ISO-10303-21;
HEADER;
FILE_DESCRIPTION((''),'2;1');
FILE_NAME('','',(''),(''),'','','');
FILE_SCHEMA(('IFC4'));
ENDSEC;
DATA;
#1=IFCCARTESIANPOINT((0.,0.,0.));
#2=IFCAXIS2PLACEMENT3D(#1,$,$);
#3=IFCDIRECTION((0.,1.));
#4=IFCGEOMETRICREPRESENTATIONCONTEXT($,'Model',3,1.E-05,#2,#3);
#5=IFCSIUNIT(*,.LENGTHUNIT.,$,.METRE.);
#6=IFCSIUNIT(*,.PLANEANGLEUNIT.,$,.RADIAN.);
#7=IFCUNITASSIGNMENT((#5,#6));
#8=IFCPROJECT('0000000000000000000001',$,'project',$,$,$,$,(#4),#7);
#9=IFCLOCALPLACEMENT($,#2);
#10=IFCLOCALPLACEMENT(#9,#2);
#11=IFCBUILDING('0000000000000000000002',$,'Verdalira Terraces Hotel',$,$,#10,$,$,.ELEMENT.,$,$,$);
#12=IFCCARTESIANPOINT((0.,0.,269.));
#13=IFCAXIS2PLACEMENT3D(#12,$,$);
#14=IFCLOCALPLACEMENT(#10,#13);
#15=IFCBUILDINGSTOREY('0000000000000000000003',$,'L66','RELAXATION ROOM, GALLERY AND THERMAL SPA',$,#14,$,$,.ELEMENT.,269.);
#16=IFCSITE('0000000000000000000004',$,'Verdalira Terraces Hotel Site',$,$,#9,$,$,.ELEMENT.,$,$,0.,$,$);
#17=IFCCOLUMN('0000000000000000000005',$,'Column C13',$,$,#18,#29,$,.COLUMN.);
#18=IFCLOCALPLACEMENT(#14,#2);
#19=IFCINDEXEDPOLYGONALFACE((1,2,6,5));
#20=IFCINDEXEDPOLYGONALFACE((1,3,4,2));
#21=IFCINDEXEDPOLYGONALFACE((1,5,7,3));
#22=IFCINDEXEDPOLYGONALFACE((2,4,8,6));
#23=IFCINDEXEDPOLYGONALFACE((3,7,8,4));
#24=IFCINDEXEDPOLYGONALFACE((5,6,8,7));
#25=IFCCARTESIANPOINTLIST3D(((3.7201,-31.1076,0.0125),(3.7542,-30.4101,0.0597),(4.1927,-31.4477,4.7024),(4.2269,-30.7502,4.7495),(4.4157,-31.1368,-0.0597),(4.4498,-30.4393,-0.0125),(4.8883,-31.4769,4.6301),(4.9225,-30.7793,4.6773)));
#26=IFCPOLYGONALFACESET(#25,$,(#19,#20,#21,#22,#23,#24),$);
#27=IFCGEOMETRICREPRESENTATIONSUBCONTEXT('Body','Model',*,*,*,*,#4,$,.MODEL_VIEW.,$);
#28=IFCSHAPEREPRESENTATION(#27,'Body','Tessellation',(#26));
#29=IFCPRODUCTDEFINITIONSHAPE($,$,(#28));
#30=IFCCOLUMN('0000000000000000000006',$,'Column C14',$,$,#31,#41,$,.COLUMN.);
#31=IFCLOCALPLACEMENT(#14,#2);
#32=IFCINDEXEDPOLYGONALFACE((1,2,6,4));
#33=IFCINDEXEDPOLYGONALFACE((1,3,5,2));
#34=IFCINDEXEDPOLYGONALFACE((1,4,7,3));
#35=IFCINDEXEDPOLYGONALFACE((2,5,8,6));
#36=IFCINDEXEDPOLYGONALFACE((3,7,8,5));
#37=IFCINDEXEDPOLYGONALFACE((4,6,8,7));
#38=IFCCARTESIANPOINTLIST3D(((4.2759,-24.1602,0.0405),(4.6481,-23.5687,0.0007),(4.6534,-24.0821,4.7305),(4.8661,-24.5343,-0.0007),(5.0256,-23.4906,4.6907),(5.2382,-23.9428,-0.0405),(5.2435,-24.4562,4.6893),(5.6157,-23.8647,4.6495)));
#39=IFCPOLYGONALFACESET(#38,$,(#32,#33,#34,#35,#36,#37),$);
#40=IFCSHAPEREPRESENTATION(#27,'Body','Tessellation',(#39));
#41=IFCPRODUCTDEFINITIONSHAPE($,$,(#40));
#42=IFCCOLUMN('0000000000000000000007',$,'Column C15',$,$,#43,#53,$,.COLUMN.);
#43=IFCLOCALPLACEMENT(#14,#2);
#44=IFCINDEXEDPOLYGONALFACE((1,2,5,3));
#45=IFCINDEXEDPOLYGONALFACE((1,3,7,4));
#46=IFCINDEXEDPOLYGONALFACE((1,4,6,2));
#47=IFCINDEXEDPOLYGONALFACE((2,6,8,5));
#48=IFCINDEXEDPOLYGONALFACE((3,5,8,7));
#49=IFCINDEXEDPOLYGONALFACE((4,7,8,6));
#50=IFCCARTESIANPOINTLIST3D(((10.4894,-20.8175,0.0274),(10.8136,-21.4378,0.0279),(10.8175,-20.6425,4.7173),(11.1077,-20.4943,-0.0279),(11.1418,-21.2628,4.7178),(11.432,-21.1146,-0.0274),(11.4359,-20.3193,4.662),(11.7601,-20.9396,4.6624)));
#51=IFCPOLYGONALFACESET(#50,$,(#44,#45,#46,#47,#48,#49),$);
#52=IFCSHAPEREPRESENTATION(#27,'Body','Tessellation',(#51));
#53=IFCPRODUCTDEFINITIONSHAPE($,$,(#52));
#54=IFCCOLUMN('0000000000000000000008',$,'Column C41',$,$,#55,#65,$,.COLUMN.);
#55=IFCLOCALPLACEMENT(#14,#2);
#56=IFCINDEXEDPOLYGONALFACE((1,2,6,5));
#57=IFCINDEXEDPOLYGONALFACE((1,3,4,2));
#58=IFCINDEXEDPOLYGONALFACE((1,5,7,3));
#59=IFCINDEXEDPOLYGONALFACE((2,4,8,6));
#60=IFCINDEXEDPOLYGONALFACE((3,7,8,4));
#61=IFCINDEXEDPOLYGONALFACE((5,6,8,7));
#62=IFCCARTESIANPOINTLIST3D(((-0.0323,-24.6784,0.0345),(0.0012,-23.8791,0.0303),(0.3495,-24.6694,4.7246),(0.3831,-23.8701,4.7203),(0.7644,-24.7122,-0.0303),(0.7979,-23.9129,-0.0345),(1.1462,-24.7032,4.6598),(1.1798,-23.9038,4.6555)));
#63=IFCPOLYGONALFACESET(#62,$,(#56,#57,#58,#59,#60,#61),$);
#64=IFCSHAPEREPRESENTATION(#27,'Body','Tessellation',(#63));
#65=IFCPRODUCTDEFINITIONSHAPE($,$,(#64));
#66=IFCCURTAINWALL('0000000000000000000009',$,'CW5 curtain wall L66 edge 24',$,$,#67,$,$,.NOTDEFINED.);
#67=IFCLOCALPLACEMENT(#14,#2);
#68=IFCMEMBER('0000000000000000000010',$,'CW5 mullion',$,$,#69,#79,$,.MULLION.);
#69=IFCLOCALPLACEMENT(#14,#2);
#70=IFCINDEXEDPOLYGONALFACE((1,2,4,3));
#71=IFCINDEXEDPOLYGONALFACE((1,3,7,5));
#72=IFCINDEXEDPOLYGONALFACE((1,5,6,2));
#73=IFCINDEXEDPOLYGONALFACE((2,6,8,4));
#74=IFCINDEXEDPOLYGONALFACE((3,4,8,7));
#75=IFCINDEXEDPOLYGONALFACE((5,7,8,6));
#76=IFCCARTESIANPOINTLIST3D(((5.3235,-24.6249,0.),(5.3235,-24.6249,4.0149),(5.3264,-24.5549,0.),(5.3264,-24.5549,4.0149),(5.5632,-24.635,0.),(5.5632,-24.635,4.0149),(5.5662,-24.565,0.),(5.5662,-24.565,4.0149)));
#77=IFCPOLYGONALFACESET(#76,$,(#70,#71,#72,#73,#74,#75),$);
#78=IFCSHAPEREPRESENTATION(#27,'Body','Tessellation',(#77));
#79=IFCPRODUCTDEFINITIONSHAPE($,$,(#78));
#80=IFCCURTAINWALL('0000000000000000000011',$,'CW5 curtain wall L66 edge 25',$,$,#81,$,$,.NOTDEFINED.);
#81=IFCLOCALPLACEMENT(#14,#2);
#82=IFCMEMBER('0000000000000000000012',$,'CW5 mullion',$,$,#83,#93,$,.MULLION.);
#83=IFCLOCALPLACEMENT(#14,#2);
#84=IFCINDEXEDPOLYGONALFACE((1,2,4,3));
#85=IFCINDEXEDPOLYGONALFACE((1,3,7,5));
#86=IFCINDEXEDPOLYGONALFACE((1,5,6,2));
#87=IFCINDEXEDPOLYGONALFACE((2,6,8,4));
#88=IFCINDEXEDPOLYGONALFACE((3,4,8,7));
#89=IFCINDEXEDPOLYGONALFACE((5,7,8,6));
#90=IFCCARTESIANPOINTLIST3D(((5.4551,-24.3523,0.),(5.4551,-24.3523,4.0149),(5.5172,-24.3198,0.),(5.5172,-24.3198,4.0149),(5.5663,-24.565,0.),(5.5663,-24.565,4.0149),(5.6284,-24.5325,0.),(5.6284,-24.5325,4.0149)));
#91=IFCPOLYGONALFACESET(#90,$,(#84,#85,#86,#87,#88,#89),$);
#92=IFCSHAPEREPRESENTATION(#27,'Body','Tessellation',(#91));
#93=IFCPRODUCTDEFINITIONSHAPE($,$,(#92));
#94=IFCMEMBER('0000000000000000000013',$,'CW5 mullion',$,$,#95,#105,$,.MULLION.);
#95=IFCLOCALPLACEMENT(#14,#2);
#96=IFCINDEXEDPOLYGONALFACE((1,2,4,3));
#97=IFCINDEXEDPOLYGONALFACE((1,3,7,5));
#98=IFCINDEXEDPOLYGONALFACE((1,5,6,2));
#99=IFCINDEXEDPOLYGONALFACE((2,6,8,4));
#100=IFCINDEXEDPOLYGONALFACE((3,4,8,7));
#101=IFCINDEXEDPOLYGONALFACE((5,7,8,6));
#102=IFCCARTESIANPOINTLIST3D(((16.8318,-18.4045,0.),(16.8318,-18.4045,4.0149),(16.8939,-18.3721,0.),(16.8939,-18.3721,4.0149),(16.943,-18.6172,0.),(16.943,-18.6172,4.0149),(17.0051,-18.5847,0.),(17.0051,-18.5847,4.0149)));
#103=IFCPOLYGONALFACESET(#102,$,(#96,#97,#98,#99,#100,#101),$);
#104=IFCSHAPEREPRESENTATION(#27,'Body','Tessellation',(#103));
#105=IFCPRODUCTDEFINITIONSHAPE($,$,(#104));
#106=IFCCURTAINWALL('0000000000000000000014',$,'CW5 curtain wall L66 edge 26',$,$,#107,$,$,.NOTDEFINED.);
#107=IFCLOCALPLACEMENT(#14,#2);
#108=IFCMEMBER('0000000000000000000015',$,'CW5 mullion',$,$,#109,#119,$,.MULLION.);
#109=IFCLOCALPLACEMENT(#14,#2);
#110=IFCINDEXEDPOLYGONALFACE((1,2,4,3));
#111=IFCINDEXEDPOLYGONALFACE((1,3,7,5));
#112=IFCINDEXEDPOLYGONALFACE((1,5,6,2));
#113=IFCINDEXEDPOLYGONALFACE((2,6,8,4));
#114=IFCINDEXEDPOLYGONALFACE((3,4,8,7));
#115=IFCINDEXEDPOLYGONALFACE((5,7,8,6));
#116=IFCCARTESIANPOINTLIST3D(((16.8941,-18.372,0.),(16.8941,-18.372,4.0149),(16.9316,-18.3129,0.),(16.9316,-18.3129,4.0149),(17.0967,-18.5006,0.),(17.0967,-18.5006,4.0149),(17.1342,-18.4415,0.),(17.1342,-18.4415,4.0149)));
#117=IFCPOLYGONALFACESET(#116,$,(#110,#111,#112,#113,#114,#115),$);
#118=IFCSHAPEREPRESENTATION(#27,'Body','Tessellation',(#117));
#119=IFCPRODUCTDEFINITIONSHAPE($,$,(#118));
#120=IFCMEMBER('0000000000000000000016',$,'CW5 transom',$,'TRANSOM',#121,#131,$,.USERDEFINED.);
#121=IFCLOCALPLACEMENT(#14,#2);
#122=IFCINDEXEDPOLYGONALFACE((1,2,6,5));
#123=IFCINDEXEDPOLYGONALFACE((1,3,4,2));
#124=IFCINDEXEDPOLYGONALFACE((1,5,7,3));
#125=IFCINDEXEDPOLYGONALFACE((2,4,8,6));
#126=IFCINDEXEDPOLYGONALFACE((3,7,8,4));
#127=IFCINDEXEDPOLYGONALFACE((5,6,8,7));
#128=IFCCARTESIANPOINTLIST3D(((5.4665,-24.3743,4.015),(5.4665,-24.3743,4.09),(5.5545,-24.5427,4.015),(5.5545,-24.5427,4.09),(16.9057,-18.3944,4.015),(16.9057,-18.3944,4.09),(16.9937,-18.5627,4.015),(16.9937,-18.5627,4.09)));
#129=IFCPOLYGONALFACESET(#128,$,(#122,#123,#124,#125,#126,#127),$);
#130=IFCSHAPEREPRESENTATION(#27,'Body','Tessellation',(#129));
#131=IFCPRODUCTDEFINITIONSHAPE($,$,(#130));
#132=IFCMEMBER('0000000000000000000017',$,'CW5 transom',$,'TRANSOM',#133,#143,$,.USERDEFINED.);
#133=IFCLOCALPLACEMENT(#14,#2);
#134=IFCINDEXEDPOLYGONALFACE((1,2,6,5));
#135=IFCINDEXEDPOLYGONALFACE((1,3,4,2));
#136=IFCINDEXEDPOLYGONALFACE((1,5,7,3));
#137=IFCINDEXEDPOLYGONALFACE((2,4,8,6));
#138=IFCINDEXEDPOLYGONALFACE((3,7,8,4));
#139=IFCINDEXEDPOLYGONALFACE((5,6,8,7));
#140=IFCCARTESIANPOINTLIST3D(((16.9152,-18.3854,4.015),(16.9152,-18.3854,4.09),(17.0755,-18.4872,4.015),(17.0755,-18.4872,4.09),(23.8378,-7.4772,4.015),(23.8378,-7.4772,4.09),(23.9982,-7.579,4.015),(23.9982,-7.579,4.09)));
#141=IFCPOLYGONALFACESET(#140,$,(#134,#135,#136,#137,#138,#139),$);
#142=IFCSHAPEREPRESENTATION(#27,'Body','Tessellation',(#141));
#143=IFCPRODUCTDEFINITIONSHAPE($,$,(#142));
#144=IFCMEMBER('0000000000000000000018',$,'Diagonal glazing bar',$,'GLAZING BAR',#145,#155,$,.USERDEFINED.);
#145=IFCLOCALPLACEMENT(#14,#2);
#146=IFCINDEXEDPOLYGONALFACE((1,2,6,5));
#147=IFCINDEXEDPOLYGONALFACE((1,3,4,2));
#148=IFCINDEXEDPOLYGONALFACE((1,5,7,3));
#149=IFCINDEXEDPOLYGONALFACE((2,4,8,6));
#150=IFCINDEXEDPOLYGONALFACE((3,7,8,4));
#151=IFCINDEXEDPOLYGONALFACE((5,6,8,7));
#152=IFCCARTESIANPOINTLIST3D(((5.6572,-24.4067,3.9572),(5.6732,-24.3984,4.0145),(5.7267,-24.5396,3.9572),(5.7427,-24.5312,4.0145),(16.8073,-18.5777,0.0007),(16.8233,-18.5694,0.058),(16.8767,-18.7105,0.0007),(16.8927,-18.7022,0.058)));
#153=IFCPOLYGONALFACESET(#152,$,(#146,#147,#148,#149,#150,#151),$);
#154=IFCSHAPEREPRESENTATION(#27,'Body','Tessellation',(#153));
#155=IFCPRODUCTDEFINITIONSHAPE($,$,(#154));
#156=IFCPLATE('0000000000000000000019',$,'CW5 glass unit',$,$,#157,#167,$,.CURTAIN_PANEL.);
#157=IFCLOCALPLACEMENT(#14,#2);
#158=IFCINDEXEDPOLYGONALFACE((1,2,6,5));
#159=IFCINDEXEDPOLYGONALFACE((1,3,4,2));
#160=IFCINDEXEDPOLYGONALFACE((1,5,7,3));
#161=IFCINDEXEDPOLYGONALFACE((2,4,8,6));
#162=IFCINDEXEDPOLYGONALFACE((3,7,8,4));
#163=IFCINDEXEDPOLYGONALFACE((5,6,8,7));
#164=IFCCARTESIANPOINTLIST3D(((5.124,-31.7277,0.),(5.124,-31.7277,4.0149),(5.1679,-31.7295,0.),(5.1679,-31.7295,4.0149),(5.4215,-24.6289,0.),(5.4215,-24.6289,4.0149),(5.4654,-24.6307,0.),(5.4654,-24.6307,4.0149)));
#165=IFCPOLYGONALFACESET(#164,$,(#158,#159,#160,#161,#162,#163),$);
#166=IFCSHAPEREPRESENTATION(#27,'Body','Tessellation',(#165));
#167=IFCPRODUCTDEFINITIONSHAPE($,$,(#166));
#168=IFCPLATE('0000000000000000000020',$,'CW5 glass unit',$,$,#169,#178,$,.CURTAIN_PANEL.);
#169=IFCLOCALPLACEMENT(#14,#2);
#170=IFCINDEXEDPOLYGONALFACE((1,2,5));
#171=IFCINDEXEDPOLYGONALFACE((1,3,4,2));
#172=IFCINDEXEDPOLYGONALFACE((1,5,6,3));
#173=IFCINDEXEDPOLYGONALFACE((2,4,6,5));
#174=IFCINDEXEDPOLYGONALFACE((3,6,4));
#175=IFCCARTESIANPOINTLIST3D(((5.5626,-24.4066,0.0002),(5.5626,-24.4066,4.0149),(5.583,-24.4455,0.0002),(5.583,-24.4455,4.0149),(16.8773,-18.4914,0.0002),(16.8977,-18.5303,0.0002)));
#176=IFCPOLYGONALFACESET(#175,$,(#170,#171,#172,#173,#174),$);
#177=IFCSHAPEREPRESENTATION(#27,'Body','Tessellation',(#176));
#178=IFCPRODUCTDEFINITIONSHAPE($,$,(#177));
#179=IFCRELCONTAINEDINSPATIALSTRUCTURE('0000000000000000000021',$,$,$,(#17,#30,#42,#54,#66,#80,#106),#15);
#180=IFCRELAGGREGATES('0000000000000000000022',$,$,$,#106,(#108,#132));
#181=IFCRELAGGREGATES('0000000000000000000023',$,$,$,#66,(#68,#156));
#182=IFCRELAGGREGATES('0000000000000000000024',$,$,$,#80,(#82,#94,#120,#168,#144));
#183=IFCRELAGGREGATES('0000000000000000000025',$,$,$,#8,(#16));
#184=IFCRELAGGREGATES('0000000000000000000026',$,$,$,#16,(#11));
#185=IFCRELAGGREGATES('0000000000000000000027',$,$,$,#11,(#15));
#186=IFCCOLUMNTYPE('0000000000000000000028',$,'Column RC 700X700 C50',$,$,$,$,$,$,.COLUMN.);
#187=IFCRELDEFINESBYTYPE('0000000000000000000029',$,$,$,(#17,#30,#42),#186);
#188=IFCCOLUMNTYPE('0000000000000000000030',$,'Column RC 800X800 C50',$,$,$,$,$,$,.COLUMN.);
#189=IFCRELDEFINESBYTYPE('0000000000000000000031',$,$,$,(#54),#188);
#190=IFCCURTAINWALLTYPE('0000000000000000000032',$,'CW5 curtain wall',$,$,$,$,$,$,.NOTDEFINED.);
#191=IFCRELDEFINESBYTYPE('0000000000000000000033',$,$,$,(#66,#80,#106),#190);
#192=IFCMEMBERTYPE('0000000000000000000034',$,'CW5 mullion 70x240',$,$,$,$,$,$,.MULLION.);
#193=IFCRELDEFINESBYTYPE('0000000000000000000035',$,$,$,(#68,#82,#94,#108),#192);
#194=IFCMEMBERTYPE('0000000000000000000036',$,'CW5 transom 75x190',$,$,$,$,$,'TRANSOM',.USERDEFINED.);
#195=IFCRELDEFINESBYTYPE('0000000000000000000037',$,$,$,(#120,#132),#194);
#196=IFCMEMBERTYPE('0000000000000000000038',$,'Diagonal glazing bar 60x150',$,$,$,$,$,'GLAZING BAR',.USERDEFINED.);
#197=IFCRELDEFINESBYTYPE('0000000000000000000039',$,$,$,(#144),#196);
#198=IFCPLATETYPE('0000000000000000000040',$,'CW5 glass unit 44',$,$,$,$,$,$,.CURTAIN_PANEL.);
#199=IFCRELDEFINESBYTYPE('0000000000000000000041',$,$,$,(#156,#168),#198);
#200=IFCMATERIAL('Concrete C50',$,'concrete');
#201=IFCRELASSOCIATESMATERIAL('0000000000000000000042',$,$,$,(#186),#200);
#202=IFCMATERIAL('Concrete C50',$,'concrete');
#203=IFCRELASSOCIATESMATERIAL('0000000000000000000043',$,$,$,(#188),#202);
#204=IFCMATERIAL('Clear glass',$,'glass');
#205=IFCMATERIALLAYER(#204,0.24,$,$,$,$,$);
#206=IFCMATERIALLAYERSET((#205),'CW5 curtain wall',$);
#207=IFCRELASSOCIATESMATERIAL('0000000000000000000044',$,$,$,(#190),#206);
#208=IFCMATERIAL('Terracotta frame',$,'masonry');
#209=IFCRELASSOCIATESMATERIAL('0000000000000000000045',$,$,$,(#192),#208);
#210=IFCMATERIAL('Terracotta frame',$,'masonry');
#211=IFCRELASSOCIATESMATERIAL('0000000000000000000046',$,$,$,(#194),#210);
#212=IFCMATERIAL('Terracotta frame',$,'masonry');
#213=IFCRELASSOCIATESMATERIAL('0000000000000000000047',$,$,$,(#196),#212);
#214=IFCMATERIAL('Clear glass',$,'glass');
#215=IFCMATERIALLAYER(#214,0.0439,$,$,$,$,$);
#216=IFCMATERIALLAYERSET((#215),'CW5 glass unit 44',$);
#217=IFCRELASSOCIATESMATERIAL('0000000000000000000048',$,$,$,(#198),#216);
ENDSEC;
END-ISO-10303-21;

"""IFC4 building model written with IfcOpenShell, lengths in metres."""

from ifc_helpers import new_model, si_unit, direction, frame, origin, origin_2d, place, context, subcontext, project, spatial, polyline, rectangle, outline, extrude, material, layer, layer_set, material_profile, profile_set, type_object, element, aggregate, save


model = new_model("IFC4")

# Units and contexts
model_context = context("Model", 3, precision=1e-05, world=origin(), true_north=direction((0.0, 1.0)))
body_context = subcontext(model_context, "Body", "Model", "MODEL_VIEW")
ifc_project = project(units=[si_unit("LENGTHUNIT", "METRE"), si_unit("PLANEANGLEUNIT", "RADIAN")], contexts=[model_context])

# Site, building, storey
site_placement = place(None, origin())
site = spatial("IfcSite", under=ifc_project, at=site_placement, Name="Verdalira Terraces Hotel Site", CompositionType="ELEMENT", RefElevation=0.0)
building_placement = place(site_placement, origin())
building = spatial("IfcBuilding", under=site, at=building_placement, Name="Verdalira Terraces Hotel", CompositionType="ELEMENT")
storey_placement = place(building_placement, frame((0.0, 0.0, 269.0)))
storey = spatial("IfcBuildingStorey", under=building, at=storey_placement, Name="L66", Description="RELAXATION ROOM, GALLERY AND THERMAL SPA", CompositionType="ELEMENT", Elevation=269.0)

# Columns
ifc_material_1 = material(Name="Concrete C50", Category="concrete")
ifc_material_profile_1 = material_profile(ifc_material_1, rectangle(XDim=0.7, YDim=0.7, at=origin_2d()), Name="RC 700X700")
ifc_profile_set_1 = profile_set([ifc_material_profile_1], Name="Concrete C50")
column_type_1 = type_object("IfcColumnType", Name="Column RC 700X700 C50", PredefinedType="COLUMN", material=ifc_profile_set_1)
column_1_placement = place(storey_placement, frame((4.085, -30.7734, 0.0), z_axis=(0.100013, -0.071962, 0.99238), x_axis=(0.048804, 0.996535, 0.067345)))
element("IfcColumn", 1, at=column_1_placement, inside=storey, type_object=column_type_1, Name="Column C13", PredefinedType="COLUMN", context=body_context, shape_type="SweptSolid", body=[
    extrude(rectangle(XDim=0.7, YDim=0.7, at=origin_2d()), origin(), (0.0, 0.0, 1.0), 4.7258),
])
column_2_placement = place(storey_placement, frame((4.7571, -24.0515, 0.0), z_axis=(0.080208, 0.016602, 0.99664), x_axis=(-0.531733, -0.845, 0.056869)))
element("IfcColumn", 2, at=column_2_placement, inside=storey, type_object=column_type_1, Name="Column C14", PredefinedType="COLUMN", context=body_context, shape_type="SweptSolid", body=[
    extrude(rectangle(XDim=0.7, YDim=0.7, at=origin_2d()), origin(), (0.0, 0.0, 1.0), 4.7058),
])
column_3_placement = place(storey_placement, frame((10.9607, -20.9661, 0.0), z_axis=(0.069745, 0.037208, 0.996871), x_axis=(0.883462, 0.461786, -0.079046)))
element("IfcColumn", 3, at=column_3_placement, inside=storey, type_object=column_type_1, Name="Column C15", PredefinedType="COLUMN", context=body_context, shape_type="SweptSolid", body=[
    extrude(rectangle(XDim=0.7, YDim=0.7, at=origin_2d()), origin(), (0.0, 0.0, 1.0), 4.7046),
])
ifc_material_2 = material(Name="Concrete C50", Category="concrete")
ifc_material_profile_2 = material_profile(ifc_material_2, rectangle(XDim=0.8, YDim=0.8, at=origin_2d()), Name="RC 800X800")
ifc_profile_set_2 = profile_set([ifc_material_profile_2], Name="Concrete C50")
column_type_2 = type_object("IfcColumnType", Name="Column RC 800X800 C50", PredefinedType="COLUMN", material=ifc_profile_set_2)
column_4_placement = place(storey_placement, frame((0.3828, -24.2957, 0.0), z_axis=(0.081147, 0.00192, 0.9967), x_axis=(-0.041927, -0.999106, 0.005338)))
element("IfcColumn", 4, at=column_4_placement, inside=storey, type_object=column_type_2, Name="Column C41", PredefinedType="COLUMN", context=body_context, shape_type="SweptSolid", body=[
    extrude(rectangle(XDim=0.8, YDim=0.8, at=origin_2d()), origin(), (0.0, 0.0, 1.0), 4.7056),
])

# Curtain wall, member
ifc_material_3 = material(Name="Clear glass", Category="glass")
ifc_layer_1 = layer(ifc_material_3, 0.24)
ifc_layer_set_1 = layer_set([ifc_layer_1], Name="CW5 curtain wall")
curtain_wall_type = type_object("IfcCurtainWallType", Name="CW5 curtain wall", PredefinedType="NOTDEFINED", material=ifc_layer_set_1)
curtain_wall_1_placement = place(storey_placement, origin())
curtain_wall_1 = element("IfcCurtainWall", 5, at=curtain_wall_1_placement, inside=storey, type_object=curtain_wall_type, Name="CW5 curtain wall L66 edge 24", PredefinedType="NOTDEFINED")
ifc_material_4 = material(Name="Terracotta frame", Category="masonry")
ifc_material_profile_3 = material_profile(ifc_material_4, rectangle(XDim=0.0701, YDim=0.24, at=origin_2d()), Name="MU 70x240")
ifc_profile_set_3 = profile_set([ifc_material_profile_3], Name="Terracotta frame")
member_type_1 = type_object("IfcMemberType", Name="CW5 mullion 70x240", PredefinedType="MULLION", material=ifc_profile_set_3)
member_1_placement = place(storey_placement, frame((5.4448, -24.595, 0.0), z_axis=(0.0, 0.0, 1.0), x_axis=(0.041876, 0.999123, 0.0)))
member_1 = element("IfcMember", 6, at=member_1_placement, type_object=member_type_1, Name="CW5 mullion", PredefinedType="MULLION", context=body_context, shape_type="SweptSolid", body=[
    extrude(rectangle(XDim=0.0701, YDim=0.24, at=origin_2d()), origin(), (0.0, 0.0, 1.0), 4.0149),
])

# Curtain wall, members
curtain_wall_2_placement = place(storey_placement, origin())
curtain_wall_2 = element("IfcCurtainWall", 7, at=curtain_wall_2_placement, inside=storey, type_object=curtain_wall_type, Name="CW5 curtain wall L66 edge 25", PredefinedType="NOTDEFINED")
member_2_placement = place(storey_placement, frame((5.5417, -24.4424, 0.0), z_axis=(0.0, 0.0, 1.0), x_axis=(0.886204, 0.463296, 0.0)))
member_2 = element("IfcMember", 8, at=member_2_placement, type_object=member_type_1, Name="CW5 mullion", PredefinedType="MULLION", context=body_context, shape_type="SweptSolid", body=[
    extrude(rectangle(XDim=0.0701, YDim=0.24, at=origin_2d()), origin(), (0.0, 0.0, 1.0), 4.0149),
])
member_3_placement = place(storey_placement, frame((16.9185, -18.4946, 0.0), z_axis=(0.0, 0.0, 1.0), x_axis=(0.886204, 0.463296, 0.0)))
member_3 = element("IfcMember", 9, at=member_3_placement, type_object=member_type_1, Name="CW5 mullion", PredefinedType="MULLION", context=body_context, shape_type="SweptSolid", body=[
    extrude(rectangle(XDim=0.0701, YDim=0.24, at=origin_2d()), origin(), (0.0, 0.0, 1.0), 4.0149),
])

# Curtain wall, member
curtain_wall_3_placement = place(storey_placement, origin())
curtain_wall_3 = element("IfcCurtainWall", 10, at=curtain_wall_3_placement, inside=storey, type_object=curtain_wall_type, Name="CW5 curtain wall L66 edge 26", PredefinedType="NOTDEFINED")
member_4_placement = place(storey_placement, frame((17.0142, -18.4067, 0.0), z_axis=(0.0, 0.0, 1.0), x_axis=(0.535827, 0.844328, 0.0)))
member_4 = element("IfcMember", 11, at=member_4_placement, type_object=member_type_1, Name="CW5 mullion", PredefinedType="MULLION", context=body_context, shape_type="SweptSolid", body=[
    extrude(rectangle(XDim=0.0701, YDim=0.24, at=origin_2d()), origin(), (0.0, 0.0, 1.0), 4.0149),
])

# Members
ifc_material_5 = material(Name="Terracotta frame", Category="masonry")
ifc_material_profile_4 = material_profile(ifc_material_5, rectangle(XDim=0.1899, YDim=0.075, at=origin_2d()), Name="TR 75x190")
ifc_profile_set_4 = profile_set([ifc_material_profile_4], Name="Terracotta frame")
member_type_2 = type_object("IfcMemberType", Name="CW5 transom 75x190", ElementType="TRANSOM", PredefinedType="USERDEFINED", material=ifc_profile_set_4)
member_5_placement = place(storey_placement, frame((5.5105, -24.4585, 4.0525), z_axis=(0.886213, 0.463278, 0.0), x_axis=(-0.463278, 0.886213, 0.0)))
member_5 = element("IfcMember", 12, at=member_5_placement, type_object=member_type_2, Name="CW5 transom", ObjectType="TRANSOM", PredefinedType="USERDEFINED", context=body_context, shape_type="SweptSolid", body=[
    extrude(rectangle(XDim=0.1899, YDim=0.075, at=origin_2d()), origin(), (0.0, 0.0, 1.0), 12.908),
])
member_6_placement = place(storey_placement, frame((16.9954, -18.4363, 4.0525), z_axis=(0.53583, 0.844326, 0.0), x_axis=(-0.844326, 0.53583, 0.0)))
member_6 = element("IfcMember", 13, at=member_6_placement, type_object=member_type_2, Name="CW5 transom", ObjectType="TRANSOM", PredefinedType="USERDEFINED", context=body_context, shape_type="SweptSolid", body=[
    extrude(rectangle(XDim=0.1899, YDim=0.075, at=origin_2d()), origin(), (0.0, 0.0, 1.0), 12.9194),
])
aggregate(curtain_wall_3, [member_4, member_6])
ifc_material_6 = material(Name="Terracotta frame", Category="masonry")
ifc_material_profile_5 = material_profile(ifc_material_6, rectangle(XDim=0.1499, YDim=0.0601, at=origin_2d()), Name="GB 60x150")
ifc_profile_set_5 = profile_set([ifc_material_profile_5], Name="Terracotta frame")
member_type_3 = type_object("IfcMemberType", Name="Diagonal glazing bar 60x150", ElementType="GLAZING BAR", PredefinedType="USERDEFINED", material=ifc_profile_set_5)
member_7_placement = place(storey_placement, frame((5.7, -24.469, 3.9858), z_axis=(0.845391, 0.441956, -0.299981), x_axis=(-0.463293, 0.886205, 0.0)))
member_7 = element("IfcMember", 14, at=member_7_placement, type_object=member_type_3, Name="Diagonal glazing bar", ObjectType="GLAZING BAR", PredefinedType="USERDEFINED", context=body_context, shape_type="SweptSolid", body=[
    extrude(rectangle(XDim=0.1499, YDim=0.0601, at=origin_2d()), origin(), (0.0, 0.0, 1.0), 13.1892),
])

# Plates
ifc_material_7 = material(Name="Clear glass", Category="glass")
ifc_layer_2 = layer(ifc_material_7, 0.0439)
ifc_layer_set_2 = layer_set([ifc_layer_2], Name="CW5 glass unit 44")
plate_type = type_object("IfcPlateType", Name="CW5 glass unit 44", PredefinedType="CURTAIN_PANEL", material=ifc_layer_set_2)
plate_1_placement = place(storey_placement, frame((5.2947, -28.1792, 0.0), z_axis=(0.0, 0.0, 1.0), x_axis=(0.041876, 0.999123, 0.0)))
plate_1 = element("IfcPlate", 15, at=plate_1_placement, type_object=plate_type, Name="CW5 glass unit", PredefinedType="CURTAIN_PANEL", context=body_context, shape_type="SweptSolid", body=[
    extrude(rectangle(XDim=7.105, YDim=0.0439, at=origin_2d()), origin(), (0.0, 0.0, 1.0), 4.0149),
])
aggregate(curtain_wall_1, [member_1, plate_1])
plate_2_placement = place(storey_placement, frame((11.22, -21.449, 2.0076), z_axis=(0.463296, -0.886204, 0.0), x_axis=(0.886204, 0.463296, 0.0)))
plate_2 = element("IfcPlate", 16, at=plate_2_placement, type_object=plate_type, Name="CW5 glass unit", PredefinedType="CURTAIN_PANEL", context=body_context, shape_type="SweptSolid", body=[
    extrude(outline(polyline([(-6.3838, -2.0073), (6.3838, -2.0073), (-6.3838, 2.0073), (-6.3838, -2.0073)])), origin(), (0.0, 0.0, 1.0), 0.0439),
])
aggregate(curtain_wall_2, [member_2, member_3, member_5, plate_2, member_7])

save(model, "model.ifc")
